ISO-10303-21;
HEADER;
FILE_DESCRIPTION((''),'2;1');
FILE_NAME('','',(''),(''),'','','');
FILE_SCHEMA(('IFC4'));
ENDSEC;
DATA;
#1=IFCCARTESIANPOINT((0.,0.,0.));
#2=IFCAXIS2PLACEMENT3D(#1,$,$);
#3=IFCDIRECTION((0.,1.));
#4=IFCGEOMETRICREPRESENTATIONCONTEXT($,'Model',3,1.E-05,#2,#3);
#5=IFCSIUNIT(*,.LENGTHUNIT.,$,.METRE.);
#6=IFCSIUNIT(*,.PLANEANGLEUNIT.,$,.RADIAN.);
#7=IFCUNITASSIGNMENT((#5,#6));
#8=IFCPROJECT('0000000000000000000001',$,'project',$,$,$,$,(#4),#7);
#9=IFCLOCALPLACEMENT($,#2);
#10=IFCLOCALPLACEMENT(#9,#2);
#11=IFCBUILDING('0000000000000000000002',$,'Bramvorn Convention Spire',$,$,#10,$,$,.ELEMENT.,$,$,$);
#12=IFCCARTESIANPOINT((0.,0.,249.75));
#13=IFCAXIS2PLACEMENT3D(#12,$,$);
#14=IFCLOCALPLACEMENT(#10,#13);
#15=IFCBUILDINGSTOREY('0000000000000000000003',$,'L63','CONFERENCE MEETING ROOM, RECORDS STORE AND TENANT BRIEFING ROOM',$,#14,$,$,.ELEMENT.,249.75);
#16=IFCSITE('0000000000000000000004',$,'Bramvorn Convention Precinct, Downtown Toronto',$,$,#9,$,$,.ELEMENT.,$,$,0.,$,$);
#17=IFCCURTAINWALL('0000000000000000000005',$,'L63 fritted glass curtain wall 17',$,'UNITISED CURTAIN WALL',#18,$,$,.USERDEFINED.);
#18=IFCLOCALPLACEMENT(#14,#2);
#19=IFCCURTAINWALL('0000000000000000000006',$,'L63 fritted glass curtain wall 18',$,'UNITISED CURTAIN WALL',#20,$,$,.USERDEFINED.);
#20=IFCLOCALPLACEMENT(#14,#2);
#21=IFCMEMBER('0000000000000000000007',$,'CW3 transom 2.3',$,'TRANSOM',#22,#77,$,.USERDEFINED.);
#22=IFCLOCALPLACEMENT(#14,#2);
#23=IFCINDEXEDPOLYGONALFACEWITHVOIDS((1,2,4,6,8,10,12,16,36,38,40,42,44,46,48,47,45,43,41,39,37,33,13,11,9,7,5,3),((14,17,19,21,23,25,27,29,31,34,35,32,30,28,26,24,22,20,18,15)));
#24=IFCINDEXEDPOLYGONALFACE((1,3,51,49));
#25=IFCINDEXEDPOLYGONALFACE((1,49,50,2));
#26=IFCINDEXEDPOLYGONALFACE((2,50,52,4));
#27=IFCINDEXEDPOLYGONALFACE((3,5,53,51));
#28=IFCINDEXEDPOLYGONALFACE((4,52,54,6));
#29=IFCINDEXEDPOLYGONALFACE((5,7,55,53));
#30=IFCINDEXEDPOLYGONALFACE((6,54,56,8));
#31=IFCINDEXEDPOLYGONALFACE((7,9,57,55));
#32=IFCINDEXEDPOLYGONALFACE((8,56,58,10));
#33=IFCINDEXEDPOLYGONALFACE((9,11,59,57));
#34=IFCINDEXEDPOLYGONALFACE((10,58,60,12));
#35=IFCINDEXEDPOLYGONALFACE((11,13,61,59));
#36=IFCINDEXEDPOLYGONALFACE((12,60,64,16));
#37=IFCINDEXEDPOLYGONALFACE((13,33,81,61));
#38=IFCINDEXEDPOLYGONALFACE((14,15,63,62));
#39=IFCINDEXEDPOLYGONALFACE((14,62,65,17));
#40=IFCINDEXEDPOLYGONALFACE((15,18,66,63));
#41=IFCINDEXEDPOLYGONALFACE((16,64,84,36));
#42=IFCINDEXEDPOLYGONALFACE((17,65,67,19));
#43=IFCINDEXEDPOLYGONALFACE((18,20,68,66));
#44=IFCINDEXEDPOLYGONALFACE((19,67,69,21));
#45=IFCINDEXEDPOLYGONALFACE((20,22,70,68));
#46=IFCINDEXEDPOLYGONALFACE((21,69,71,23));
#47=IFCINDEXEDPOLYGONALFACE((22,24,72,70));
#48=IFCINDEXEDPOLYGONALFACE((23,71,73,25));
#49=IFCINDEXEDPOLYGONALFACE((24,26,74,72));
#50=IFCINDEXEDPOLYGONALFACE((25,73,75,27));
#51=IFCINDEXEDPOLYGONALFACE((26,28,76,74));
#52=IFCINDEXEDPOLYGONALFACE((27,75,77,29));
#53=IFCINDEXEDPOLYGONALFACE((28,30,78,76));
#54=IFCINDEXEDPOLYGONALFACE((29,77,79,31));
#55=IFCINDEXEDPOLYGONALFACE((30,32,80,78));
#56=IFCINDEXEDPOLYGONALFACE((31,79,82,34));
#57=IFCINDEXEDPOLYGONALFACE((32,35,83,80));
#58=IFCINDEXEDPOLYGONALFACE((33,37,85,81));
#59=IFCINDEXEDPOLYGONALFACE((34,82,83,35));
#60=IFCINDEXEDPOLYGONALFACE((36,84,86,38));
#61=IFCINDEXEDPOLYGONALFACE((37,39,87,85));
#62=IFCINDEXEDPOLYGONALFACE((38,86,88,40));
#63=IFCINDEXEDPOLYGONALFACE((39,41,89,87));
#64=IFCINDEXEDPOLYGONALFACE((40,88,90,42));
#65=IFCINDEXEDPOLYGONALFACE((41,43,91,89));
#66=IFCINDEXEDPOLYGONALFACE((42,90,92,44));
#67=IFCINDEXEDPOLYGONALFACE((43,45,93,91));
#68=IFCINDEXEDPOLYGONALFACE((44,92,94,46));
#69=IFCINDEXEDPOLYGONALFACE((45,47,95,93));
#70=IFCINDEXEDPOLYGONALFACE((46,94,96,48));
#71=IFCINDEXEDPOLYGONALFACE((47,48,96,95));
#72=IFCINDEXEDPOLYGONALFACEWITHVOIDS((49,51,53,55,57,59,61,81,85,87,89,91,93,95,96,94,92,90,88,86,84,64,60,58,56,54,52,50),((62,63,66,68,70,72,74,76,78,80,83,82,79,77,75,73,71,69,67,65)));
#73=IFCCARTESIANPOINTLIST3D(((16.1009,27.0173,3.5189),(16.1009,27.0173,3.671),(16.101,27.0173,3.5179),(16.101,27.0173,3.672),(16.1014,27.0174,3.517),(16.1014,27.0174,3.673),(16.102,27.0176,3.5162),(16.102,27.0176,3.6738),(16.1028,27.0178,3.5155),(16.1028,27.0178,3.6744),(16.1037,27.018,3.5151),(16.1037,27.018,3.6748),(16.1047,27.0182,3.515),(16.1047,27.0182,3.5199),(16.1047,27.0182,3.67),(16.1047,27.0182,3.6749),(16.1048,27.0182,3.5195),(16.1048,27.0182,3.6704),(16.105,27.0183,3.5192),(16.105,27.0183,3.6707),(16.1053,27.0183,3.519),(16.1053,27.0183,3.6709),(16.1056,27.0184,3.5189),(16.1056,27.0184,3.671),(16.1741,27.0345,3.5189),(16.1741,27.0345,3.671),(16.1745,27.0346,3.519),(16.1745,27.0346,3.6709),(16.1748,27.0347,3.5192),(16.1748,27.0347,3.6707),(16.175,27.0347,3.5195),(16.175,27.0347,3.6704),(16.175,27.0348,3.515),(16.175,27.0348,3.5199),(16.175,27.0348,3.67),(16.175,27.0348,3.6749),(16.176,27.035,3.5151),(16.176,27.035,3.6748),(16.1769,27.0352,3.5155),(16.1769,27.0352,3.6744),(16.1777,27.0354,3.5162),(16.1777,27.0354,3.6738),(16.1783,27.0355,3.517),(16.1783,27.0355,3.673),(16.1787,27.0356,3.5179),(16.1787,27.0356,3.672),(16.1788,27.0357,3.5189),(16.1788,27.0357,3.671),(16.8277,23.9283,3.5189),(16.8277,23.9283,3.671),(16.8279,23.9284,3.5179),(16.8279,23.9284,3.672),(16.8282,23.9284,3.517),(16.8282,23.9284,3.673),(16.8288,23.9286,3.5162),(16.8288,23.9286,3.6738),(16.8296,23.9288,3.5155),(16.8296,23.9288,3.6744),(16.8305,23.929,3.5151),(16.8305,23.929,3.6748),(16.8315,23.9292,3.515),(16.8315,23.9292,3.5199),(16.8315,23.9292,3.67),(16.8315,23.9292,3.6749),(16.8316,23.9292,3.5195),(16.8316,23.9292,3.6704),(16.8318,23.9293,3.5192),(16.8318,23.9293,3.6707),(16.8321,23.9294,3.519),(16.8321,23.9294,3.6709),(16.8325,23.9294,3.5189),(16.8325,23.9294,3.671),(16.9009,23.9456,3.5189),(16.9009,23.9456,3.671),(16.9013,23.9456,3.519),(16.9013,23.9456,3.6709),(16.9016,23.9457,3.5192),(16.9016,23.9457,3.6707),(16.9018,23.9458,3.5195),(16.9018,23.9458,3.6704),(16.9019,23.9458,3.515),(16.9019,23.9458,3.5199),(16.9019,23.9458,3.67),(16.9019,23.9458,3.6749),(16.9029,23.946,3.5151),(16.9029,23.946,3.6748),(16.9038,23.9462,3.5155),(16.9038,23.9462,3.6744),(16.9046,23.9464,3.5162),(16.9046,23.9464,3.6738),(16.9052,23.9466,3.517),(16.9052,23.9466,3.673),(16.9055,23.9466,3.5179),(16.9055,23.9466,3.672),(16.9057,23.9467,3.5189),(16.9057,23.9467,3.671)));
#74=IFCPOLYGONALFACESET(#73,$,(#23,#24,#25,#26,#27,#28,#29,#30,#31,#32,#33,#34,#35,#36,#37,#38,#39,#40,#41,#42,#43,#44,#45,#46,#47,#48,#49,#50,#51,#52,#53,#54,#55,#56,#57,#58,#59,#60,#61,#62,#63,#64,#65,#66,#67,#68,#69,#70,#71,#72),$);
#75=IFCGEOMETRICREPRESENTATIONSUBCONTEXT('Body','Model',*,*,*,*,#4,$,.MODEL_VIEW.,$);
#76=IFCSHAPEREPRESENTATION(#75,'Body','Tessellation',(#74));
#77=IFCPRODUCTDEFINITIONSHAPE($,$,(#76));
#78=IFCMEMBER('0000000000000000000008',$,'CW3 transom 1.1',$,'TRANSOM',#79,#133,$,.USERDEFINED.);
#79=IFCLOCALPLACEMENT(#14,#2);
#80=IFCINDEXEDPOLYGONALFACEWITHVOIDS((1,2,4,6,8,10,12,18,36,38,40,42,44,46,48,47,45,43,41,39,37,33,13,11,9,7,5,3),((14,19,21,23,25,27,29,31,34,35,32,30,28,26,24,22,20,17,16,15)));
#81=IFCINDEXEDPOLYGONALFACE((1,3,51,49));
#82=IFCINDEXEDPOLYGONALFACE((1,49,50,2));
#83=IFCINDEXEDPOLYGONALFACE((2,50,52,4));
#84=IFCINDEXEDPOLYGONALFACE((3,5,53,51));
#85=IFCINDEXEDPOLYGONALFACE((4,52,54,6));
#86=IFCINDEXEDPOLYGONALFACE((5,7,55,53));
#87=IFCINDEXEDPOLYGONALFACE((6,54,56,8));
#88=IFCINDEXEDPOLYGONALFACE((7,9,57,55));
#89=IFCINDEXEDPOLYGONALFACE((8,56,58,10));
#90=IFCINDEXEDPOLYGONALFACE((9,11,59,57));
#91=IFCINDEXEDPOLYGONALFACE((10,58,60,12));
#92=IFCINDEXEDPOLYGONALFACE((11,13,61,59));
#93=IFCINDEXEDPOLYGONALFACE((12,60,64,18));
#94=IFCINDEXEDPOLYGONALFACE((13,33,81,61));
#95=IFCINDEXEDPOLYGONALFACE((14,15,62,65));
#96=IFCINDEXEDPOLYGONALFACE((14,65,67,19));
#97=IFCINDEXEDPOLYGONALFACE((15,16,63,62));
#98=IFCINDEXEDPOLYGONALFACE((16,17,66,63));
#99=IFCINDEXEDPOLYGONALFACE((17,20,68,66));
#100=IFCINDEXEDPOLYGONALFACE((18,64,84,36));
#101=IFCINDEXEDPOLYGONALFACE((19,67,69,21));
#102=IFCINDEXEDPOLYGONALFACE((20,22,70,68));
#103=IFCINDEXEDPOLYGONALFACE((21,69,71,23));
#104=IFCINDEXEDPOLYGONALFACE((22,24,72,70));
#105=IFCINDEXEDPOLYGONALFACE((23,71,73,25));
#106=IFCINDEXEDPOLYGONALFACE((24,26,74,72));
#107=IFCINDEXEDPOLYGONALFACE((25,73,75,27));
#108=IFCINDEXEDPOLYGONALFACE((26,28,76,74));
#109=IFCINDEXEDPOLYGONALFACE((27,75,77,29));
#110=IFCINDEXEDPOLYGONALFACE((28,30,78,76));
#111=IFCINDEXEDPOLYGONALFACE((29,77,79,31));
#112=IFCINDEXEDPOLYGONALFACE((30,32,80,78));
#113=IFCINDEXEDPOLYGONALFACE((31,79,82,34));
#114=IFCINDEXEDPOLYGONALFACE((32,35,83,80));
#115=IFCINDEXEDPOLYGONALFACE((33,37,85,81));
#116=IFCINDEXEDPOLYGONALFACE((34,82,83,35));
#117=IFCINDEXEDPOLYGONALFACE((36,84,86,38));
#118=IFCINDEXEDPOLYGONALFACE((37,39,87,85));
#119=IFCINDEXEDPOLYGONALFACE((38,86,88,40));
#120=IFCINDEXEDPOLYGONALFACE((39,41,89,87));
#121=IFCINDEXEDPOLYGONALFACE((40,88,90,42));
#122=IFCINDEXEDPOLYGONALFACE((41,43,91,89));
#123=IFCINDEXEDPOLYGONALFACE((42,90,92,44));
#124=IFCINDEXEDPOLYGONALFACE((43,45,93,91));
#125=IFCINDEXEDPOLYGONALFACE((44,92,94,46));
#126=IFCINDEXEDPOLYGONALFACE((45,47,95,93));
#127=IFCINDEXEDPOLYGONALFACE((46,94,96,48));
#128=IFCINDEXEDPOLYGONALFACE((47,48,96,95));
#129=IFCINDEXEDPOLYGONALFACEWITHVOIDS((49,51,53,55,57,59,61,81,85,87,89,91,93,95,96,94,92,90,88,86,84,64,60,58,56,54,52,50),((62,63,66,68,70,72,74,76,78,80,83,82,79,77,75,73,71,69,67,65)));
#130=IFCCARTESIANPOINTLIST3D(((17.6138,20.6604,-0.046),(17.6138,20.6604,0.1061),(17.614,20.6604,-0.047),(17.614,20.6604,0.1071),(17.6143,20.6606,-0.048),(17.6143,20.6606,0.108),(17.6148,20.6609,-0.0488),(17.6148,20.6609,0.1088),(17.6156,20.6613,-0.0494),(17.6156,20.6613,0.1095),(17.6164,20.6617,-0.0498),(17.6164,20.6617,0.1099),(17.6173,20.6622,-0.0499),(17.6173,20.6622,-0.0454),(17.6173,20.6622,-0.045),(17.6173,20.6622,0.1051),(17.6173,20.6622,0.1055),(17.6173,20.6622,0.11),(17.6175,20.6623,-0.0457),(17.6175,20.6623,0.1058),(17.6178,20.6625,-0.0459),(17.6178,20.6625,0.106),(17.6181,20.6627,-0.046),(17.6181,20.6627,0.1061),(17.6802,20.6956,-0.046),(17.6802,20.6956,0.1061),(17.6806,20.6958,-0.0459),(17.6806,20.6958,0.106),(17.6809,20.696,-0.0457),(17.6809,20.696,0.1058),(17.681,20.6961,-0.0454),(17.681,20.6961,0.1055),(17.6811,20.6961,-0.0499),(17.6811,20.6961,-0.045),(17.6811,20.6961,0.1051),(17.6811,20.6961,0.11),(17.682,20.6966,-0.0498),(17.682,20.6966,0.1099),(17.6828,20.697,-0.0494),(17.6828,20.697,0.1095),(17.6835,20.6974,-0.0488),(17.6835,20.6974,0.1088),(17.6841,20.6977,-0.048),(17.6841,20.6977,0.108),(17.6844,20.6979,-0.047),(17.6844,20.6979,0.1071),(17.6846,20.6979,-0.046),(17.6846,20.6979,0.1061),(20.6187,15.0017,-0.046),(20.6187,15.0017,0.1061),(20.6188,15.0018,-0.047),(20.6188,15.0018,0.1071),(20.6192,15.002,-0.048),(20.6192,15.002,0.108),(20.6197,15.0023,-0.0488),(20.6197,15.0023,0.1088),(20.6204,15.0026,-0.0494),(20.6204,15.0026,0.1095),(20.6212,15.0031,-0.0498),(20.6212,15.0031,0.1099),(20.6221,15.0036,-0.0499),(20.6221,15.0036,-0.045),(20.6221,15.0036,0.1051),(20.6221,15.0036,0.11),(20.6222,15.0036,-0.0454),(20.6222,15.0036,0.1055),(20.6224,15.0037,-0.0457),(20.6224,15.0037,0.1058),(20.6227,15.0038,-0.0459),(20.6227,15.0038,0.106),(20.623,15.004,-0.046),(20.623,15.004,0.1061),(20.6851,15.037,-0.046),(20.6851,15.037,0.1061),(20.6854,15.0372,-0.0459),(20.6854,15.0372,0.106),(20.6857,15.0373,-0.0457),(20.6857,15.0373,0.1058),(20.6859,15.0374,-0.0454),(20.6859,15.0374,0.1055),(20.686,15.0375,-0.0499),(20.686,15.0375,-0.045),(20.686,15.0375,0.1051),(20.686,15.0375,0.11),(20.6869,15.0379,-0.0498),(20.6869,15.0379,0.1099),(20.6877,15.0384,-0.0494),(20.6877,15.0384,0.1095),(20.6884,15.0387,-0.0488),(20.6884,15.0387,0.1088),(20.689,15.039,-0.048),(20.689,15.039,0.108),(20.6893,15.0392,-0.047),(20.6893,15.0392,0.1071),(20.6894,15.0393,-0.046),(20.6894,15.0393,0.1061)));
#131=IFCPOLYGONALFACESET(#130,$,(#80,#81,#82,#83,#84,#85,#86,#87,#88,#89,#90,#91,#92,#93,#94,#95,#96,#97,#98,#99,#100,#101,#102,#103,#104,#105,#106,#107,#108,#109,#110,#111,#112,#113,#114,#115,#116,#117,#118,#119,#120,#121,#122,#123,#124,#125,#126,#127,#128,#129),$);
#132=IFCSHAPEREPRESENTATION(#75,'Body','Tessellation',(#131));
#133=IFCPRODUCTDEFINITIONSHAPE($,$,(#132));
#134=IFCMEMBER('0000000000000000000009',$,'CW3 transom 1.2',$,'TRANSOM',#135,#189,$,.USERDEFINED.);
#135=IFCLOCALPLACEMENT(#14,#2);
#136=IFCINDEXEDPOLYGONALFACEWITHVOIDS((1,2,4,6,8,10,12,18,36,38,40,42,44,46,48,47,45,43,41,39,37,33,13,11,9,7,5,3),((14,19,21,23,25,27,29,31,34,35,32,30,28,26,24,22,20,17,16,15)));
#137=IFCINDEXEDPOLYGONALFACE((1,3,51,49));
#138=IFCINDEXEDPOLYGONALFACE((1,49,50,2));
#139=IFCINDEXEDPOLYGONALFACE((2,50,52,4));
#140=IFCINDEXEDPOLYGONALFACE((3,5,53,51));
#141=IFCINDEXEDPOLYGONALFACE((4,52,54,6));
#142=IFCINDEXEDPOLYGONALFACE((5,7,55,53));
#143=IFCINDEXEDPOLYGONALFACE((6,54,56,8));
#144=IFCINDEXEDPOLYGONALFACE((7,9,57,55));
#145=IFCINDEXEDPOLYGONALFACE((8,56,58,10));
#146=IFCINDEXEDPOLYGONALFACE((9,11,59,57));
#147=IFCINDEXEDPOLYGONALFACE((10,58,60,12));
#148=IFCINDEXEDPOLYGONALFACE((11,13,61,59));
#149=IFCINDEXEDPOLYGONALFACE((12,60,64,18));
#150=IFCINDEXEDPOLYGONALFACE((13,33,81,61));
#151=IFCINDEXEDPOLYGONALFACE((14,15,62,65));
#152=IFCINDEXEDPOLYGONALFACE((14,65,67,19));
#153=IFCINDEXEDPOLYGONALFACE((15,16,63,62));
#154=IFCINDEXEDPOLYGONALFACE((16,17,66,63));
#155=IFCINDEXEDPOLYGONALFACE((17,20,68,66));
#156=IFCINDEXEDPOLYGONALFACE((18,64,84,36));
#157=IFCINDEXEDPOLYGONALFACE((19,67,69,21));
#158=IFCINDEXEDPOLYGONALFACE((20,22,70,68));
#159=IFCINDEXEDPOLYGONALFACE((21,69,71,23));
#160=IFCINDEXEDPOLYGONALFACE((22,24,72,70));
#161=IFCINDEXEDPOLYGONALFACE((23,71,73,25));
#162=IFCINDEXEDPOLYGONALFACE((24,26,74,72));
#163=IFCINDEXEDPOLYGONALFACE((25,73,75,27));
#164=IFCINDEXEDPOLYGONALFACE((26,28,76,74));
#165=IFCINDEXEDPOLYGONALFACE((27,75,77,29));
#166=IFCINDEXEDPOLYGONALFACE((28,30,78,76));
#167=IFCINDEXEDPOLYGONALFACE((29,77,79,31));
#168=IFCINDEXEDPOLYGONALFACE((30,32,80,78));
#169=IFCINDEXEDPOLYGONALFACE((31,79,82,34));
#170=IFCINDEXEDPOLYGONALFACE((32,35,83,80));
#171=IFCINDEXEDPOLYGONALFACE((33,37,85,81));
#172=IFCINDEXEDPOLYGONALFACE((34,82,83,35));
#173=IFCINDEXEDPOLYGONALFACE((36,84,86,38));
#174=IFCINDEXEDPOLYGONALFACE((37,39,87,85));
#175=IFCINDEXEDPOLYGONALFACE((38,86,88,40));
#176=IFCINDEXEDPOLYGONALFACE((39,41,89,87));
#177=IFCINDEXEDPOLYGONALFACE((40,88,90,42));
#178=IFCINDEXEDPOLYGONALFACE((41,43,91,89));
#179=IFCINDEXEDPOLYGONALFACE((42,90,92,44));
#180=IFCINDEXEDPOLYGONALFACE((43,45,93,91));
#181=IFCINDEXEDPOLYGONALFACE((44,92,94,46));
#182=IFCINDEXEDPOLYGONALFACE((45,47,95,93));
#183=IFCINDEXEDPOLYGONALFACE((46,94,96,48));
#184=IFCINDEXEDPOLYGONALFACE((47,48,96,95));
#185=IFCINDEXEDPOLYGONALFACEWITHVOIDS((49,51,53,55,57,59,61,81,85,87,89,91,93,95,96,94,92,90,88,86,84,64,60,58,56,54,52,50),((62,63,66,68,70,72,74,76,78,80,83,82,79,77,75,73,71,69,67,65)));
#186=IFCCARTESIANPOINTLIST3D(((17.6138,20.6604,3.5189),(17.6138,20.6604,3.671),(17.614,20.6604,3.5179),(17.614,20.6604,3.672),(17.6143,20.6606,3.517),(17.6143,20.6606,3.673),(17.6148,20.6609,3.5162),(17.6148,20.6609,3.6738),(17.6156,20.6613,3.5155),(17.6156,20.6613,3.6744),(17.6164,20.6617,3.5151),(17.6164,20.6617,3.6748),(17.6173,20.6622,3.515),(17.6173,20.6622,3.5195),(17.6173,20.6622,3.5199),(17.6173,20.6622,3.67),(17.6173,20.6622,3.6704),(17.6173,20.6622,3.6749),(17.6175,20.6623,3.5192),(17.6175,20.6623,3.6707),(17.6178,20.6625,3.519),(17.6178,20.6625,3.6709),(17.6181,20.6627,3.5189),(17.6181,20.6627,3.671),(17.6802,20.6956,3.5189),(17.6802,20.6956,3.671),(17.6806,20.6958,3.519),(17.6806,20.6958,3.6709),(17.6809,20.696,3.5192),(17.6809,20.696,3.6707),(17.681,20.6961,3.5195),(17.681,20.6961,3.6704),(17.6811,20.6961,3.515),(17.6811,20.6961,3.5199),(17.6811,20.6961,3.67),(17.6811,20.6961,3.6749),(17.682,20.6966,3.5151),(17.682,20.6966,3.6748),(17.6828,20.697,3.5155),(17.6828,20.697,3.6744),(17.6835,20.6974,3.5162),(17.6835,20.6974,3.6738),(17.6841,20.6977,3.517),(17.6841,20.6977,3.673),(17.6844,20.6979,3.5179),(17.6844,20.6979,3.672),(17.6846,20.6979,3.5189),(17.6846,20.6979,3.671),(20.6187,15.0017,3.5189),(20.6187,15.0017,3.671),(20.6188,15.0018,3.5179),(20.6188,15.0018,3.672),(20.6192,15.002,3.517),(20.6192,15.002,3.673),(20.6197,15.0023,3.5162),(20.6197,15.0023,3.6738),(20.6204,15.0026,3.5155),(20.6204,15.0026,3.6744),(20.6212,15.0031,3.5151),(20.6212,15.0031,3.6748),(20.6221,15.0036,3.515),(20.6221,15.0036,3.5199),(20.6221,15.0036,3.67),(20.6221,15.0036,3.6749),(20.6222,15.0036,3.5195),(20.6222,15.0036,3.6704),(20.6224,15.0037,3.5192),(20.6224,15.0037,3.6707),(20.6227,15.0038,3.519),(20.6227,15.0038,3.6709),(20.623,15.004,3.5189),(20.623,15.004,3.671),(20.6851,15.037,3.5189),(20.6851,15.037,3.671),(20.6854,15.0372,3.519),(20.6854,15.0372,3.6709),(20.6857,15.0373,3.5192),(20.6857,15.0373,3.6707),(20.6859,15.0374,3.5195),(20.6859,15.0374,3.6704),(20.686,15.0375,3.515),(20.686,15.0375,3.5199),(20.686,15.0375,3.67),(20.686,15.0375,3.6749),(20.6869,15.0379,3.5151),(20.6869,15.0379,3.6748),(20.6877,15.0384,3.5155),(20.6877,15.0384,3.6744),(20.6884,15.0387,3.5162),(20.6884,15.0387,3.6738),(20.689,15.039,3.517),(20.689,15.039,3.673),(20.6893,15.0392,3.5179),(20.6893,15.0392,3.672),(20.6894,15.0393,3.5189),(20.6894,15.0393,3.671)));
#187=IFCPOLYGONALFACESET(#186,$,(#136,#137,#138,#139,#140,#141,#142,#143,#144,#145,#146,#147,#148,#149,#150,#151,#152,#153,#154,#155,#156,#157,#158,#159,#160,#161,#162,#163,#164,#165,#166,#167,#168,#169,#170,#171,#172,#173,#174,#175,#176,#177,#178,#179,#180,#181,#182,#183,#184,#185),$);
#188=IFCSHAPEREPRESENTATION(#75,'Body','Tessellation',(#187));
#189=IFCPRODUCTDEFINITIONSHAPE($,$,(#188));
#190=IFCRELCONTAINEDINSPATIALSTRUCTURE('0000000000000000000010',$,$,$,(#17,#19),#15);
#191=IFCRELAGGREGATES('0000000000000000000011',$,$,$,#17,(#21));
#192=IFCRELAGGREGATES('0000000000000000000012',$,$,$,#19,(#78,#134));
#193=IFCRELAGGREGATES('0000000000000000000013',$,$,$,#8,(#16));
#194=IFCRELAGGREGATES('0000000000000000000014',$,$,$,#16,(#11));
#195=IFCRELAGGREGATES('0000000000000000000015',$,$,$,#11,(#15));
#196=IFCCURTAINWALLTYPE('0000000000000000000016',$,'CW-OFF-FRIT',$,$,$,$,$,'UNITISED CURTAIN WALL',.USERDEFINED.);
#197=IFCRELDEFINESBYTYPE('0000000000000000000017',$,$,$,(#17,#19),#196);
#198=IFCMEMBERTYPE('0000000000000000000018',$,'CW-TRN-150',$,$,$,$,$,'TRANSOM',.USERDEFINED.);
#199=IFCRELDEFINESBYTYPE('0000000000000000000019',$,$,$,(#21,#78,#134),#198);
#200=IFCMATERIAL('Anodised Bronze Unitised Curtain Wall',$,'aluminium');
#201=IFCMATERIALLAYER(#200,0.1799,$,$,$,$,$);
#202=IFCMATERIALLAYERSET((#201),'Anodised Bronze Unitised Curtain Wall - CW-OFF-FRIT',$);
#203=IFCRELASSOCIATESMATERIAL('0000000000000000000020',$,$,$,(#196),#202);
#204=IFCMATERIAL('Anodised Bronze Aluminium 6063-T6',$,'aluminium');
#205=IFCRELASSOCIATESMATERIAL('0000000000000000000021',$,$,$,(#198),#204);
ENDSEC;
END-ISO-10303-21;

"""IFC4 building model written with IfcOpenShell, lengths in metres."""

from ifc_helpers import new_model, si_unit, direction, frame, origin, origin_2d, place, context, subcontext, project, spatial, hollow_rectangle, extrude, material, layer, layer_set, material_profile, profile_set, type_object, element, aggregate, save


model = new_model("IFC4")

# Units and contexts
model_context = context("Model", 3, precision=1e-05, world=origin(), true_north=direction((0.0, 1.0)))
body_context = subcontext(model_context, "Body", "Model", "MODEL_VIEW")
ifc_project = project(units=[si_unit("LENGTHUNIT", "METRE"), si_unit("PLANEANGLEUNIT", "RADIAN")], contexts=[model_context])

# Site, building, storey
site_placement = place(None, origin())
site = spatial("IfcSite", under=ifc_project, at=site_placement, Name="Bramvorn Convention Precinct, Downtown Toronto", CompositionType="ELEMENT", RefElevation=0.0)
building_placement = place(site_placement, origin())
building = spatial("IfcBuilding", under=site, at=building_placement, Name="Bramvorn Convention Spire", CompositionType="ELEMENT")
storey_placement = place(building_placement, frame((0.0, 0.0, 249.75)))
storey = spatial("IfcBuildingStorey", under=building, at=storey_placement, Name="L63", Description="CONFERENCE MEETING ROOM, RECORDS STORE AND TENANT BRIEFING ROOM", CompositionType="ELEMENT", Elevation=249.75)

# Curtain walls
ifc_material_1 = material(Name="Anodised Bronze Unitised Curtain Wall", Category="aluminium")
ifc_layer_1 = layer(ifc_material_1, 0.1799)
ifc_layer_set_1 = layer_set([ifc_layer_1], Name="Anodised Bronze Unitised Curtain Wall - CW-OFF-FRIT")
curtain_wall_type = type_object("IfcCurtainWallType", Name="CW-OFF-FRIT", ElementType="UNITISED CURTAIN WALL", PredefinedType="USERDEFINED", material=ifc_layer_set_1)
curtain_wall_1_placement = place(storey_placement, origin())
curtain_wall_1 = element("IfcCurtainWall", 1, at=curtain_wall_1_placement, inside=storey, type_object=curtain_wall_type, Name="L63 fritted glass curtain wall 17", ObjectType="UNITISED CURTAIN WALL", PredefinedType="USERDEFINED")
ifc_material_2 = material(Name="Anodised Bronze Aluminium 6063-T6", Category="aluminium")
curtain_wall_2_placement = place(storey_placement, origin())
curtain_wall_2 = element("IfcCurtainWall", 2, at=curtain_wall_2_placement, inside=storey, type_object=curtain_wall_type, Name="L63 fritted glass curtain wall 18", ObjectType="UNITISED CURTAIN WALL", PredefinedType="USERDEFINED")

# Members
ifc_material_profile_1 = material_profile(ifc_material_2, hollow_rectangle(XDim=0.0801, YDim=0.1599, WallThickness=0.0039, InnerFilletRadius=0.001, OuterFilletRadius=0.0039, at=origin_2d()))
ifc_profile_set_1 = profile_set([ifc_material_profile_1], Name="Anodised Bronze Aluminium 6063-T6 - CWT80X160")
member_type_1 = type_object("IfcMemberType", Name="CW-TRN-150", ElementType="TRANSOM", PredefinedType="USERDEFINED", material=ifc_profile_set_1)
member_1_placement = place(storey_placement, frame((16.8667, 23.9375, 3.595), z_axis=(-0.229044, 0.973416, 0.0), x_axis=(-0.973416, -0.229044, 0.0)))
member_1 = element("IfcMember", 3, at=member_1_placement, type_object=member_type_1, Name="CW3 transom 2.3", ObjectType="TRANSOM", PredefinedType="USERDEFINED", context=body_context, shape_type="SweptSolid", body=[
    extrude(hollow_rectangle(XDim=0.0801, YDim=0.1599, WallThickness=0.0039, InnerFilletRadius=0.001, OuterFilletRadius=0.0039, at=origin_2d()), origin(), (0.0, 0.0, 1.0), 3.1733),
])
member_2_placement = place(storey_placement, frame((20.6541, 15.0205, 0.03), z_axis=(-0.468997, 0.8832, 0.0), x_axis=(-0.8832, -0.468997, 0.0)))
member_2 = element("IfcMember", 4, at=member_2_placement, type_object=member_type_1, Name="CW3 transom 1.1", ObjectType="TRANSOM", PredefinedType="USERDEFINED", context=body_context, shape_type="SweptSolid", body=[
    extrude(hollow_rectangle(XDim=0.0801, YDim=0.1599, WallThickness=0.0039, InnerFilletRadius=0.001, OuterFilletRadius=0.0039, at=origin_2d()), origin(), (0.0, 0.0, 1.0), 6.407),
])
member_3_placement = place(storey_placement, frame((20.6541, 15.0205, 3.595), z_axis=(-0.468997, 0.8832, 0.0), x_axis=(-0.8832, -0.468997, 0.0)))
member_3 = element("IfcMember", 5, at=member_3_placement, type_object=member_type_1, Name="CW3 transom 1.2", ObjectType="TRANSOM", PredefinedType="USERDEFINED", context=body_context, shape_type="SweptSolid", body=[
    extrude(hollow_rectangle(XDim=0.0801, YDim=0.1599, WallThickness=0.0039, InnerFilletRadius=0.001, OuterFilletRadius=0.0039, at=origin_2d()), origin(), (0.0, 0.0, 1.0), 6.407),
])

aggregate(curtain_wall_1, [member_1])
aggregate(curtain_wall_2, [member_2, member_3])

save(model, "model.ifc")
